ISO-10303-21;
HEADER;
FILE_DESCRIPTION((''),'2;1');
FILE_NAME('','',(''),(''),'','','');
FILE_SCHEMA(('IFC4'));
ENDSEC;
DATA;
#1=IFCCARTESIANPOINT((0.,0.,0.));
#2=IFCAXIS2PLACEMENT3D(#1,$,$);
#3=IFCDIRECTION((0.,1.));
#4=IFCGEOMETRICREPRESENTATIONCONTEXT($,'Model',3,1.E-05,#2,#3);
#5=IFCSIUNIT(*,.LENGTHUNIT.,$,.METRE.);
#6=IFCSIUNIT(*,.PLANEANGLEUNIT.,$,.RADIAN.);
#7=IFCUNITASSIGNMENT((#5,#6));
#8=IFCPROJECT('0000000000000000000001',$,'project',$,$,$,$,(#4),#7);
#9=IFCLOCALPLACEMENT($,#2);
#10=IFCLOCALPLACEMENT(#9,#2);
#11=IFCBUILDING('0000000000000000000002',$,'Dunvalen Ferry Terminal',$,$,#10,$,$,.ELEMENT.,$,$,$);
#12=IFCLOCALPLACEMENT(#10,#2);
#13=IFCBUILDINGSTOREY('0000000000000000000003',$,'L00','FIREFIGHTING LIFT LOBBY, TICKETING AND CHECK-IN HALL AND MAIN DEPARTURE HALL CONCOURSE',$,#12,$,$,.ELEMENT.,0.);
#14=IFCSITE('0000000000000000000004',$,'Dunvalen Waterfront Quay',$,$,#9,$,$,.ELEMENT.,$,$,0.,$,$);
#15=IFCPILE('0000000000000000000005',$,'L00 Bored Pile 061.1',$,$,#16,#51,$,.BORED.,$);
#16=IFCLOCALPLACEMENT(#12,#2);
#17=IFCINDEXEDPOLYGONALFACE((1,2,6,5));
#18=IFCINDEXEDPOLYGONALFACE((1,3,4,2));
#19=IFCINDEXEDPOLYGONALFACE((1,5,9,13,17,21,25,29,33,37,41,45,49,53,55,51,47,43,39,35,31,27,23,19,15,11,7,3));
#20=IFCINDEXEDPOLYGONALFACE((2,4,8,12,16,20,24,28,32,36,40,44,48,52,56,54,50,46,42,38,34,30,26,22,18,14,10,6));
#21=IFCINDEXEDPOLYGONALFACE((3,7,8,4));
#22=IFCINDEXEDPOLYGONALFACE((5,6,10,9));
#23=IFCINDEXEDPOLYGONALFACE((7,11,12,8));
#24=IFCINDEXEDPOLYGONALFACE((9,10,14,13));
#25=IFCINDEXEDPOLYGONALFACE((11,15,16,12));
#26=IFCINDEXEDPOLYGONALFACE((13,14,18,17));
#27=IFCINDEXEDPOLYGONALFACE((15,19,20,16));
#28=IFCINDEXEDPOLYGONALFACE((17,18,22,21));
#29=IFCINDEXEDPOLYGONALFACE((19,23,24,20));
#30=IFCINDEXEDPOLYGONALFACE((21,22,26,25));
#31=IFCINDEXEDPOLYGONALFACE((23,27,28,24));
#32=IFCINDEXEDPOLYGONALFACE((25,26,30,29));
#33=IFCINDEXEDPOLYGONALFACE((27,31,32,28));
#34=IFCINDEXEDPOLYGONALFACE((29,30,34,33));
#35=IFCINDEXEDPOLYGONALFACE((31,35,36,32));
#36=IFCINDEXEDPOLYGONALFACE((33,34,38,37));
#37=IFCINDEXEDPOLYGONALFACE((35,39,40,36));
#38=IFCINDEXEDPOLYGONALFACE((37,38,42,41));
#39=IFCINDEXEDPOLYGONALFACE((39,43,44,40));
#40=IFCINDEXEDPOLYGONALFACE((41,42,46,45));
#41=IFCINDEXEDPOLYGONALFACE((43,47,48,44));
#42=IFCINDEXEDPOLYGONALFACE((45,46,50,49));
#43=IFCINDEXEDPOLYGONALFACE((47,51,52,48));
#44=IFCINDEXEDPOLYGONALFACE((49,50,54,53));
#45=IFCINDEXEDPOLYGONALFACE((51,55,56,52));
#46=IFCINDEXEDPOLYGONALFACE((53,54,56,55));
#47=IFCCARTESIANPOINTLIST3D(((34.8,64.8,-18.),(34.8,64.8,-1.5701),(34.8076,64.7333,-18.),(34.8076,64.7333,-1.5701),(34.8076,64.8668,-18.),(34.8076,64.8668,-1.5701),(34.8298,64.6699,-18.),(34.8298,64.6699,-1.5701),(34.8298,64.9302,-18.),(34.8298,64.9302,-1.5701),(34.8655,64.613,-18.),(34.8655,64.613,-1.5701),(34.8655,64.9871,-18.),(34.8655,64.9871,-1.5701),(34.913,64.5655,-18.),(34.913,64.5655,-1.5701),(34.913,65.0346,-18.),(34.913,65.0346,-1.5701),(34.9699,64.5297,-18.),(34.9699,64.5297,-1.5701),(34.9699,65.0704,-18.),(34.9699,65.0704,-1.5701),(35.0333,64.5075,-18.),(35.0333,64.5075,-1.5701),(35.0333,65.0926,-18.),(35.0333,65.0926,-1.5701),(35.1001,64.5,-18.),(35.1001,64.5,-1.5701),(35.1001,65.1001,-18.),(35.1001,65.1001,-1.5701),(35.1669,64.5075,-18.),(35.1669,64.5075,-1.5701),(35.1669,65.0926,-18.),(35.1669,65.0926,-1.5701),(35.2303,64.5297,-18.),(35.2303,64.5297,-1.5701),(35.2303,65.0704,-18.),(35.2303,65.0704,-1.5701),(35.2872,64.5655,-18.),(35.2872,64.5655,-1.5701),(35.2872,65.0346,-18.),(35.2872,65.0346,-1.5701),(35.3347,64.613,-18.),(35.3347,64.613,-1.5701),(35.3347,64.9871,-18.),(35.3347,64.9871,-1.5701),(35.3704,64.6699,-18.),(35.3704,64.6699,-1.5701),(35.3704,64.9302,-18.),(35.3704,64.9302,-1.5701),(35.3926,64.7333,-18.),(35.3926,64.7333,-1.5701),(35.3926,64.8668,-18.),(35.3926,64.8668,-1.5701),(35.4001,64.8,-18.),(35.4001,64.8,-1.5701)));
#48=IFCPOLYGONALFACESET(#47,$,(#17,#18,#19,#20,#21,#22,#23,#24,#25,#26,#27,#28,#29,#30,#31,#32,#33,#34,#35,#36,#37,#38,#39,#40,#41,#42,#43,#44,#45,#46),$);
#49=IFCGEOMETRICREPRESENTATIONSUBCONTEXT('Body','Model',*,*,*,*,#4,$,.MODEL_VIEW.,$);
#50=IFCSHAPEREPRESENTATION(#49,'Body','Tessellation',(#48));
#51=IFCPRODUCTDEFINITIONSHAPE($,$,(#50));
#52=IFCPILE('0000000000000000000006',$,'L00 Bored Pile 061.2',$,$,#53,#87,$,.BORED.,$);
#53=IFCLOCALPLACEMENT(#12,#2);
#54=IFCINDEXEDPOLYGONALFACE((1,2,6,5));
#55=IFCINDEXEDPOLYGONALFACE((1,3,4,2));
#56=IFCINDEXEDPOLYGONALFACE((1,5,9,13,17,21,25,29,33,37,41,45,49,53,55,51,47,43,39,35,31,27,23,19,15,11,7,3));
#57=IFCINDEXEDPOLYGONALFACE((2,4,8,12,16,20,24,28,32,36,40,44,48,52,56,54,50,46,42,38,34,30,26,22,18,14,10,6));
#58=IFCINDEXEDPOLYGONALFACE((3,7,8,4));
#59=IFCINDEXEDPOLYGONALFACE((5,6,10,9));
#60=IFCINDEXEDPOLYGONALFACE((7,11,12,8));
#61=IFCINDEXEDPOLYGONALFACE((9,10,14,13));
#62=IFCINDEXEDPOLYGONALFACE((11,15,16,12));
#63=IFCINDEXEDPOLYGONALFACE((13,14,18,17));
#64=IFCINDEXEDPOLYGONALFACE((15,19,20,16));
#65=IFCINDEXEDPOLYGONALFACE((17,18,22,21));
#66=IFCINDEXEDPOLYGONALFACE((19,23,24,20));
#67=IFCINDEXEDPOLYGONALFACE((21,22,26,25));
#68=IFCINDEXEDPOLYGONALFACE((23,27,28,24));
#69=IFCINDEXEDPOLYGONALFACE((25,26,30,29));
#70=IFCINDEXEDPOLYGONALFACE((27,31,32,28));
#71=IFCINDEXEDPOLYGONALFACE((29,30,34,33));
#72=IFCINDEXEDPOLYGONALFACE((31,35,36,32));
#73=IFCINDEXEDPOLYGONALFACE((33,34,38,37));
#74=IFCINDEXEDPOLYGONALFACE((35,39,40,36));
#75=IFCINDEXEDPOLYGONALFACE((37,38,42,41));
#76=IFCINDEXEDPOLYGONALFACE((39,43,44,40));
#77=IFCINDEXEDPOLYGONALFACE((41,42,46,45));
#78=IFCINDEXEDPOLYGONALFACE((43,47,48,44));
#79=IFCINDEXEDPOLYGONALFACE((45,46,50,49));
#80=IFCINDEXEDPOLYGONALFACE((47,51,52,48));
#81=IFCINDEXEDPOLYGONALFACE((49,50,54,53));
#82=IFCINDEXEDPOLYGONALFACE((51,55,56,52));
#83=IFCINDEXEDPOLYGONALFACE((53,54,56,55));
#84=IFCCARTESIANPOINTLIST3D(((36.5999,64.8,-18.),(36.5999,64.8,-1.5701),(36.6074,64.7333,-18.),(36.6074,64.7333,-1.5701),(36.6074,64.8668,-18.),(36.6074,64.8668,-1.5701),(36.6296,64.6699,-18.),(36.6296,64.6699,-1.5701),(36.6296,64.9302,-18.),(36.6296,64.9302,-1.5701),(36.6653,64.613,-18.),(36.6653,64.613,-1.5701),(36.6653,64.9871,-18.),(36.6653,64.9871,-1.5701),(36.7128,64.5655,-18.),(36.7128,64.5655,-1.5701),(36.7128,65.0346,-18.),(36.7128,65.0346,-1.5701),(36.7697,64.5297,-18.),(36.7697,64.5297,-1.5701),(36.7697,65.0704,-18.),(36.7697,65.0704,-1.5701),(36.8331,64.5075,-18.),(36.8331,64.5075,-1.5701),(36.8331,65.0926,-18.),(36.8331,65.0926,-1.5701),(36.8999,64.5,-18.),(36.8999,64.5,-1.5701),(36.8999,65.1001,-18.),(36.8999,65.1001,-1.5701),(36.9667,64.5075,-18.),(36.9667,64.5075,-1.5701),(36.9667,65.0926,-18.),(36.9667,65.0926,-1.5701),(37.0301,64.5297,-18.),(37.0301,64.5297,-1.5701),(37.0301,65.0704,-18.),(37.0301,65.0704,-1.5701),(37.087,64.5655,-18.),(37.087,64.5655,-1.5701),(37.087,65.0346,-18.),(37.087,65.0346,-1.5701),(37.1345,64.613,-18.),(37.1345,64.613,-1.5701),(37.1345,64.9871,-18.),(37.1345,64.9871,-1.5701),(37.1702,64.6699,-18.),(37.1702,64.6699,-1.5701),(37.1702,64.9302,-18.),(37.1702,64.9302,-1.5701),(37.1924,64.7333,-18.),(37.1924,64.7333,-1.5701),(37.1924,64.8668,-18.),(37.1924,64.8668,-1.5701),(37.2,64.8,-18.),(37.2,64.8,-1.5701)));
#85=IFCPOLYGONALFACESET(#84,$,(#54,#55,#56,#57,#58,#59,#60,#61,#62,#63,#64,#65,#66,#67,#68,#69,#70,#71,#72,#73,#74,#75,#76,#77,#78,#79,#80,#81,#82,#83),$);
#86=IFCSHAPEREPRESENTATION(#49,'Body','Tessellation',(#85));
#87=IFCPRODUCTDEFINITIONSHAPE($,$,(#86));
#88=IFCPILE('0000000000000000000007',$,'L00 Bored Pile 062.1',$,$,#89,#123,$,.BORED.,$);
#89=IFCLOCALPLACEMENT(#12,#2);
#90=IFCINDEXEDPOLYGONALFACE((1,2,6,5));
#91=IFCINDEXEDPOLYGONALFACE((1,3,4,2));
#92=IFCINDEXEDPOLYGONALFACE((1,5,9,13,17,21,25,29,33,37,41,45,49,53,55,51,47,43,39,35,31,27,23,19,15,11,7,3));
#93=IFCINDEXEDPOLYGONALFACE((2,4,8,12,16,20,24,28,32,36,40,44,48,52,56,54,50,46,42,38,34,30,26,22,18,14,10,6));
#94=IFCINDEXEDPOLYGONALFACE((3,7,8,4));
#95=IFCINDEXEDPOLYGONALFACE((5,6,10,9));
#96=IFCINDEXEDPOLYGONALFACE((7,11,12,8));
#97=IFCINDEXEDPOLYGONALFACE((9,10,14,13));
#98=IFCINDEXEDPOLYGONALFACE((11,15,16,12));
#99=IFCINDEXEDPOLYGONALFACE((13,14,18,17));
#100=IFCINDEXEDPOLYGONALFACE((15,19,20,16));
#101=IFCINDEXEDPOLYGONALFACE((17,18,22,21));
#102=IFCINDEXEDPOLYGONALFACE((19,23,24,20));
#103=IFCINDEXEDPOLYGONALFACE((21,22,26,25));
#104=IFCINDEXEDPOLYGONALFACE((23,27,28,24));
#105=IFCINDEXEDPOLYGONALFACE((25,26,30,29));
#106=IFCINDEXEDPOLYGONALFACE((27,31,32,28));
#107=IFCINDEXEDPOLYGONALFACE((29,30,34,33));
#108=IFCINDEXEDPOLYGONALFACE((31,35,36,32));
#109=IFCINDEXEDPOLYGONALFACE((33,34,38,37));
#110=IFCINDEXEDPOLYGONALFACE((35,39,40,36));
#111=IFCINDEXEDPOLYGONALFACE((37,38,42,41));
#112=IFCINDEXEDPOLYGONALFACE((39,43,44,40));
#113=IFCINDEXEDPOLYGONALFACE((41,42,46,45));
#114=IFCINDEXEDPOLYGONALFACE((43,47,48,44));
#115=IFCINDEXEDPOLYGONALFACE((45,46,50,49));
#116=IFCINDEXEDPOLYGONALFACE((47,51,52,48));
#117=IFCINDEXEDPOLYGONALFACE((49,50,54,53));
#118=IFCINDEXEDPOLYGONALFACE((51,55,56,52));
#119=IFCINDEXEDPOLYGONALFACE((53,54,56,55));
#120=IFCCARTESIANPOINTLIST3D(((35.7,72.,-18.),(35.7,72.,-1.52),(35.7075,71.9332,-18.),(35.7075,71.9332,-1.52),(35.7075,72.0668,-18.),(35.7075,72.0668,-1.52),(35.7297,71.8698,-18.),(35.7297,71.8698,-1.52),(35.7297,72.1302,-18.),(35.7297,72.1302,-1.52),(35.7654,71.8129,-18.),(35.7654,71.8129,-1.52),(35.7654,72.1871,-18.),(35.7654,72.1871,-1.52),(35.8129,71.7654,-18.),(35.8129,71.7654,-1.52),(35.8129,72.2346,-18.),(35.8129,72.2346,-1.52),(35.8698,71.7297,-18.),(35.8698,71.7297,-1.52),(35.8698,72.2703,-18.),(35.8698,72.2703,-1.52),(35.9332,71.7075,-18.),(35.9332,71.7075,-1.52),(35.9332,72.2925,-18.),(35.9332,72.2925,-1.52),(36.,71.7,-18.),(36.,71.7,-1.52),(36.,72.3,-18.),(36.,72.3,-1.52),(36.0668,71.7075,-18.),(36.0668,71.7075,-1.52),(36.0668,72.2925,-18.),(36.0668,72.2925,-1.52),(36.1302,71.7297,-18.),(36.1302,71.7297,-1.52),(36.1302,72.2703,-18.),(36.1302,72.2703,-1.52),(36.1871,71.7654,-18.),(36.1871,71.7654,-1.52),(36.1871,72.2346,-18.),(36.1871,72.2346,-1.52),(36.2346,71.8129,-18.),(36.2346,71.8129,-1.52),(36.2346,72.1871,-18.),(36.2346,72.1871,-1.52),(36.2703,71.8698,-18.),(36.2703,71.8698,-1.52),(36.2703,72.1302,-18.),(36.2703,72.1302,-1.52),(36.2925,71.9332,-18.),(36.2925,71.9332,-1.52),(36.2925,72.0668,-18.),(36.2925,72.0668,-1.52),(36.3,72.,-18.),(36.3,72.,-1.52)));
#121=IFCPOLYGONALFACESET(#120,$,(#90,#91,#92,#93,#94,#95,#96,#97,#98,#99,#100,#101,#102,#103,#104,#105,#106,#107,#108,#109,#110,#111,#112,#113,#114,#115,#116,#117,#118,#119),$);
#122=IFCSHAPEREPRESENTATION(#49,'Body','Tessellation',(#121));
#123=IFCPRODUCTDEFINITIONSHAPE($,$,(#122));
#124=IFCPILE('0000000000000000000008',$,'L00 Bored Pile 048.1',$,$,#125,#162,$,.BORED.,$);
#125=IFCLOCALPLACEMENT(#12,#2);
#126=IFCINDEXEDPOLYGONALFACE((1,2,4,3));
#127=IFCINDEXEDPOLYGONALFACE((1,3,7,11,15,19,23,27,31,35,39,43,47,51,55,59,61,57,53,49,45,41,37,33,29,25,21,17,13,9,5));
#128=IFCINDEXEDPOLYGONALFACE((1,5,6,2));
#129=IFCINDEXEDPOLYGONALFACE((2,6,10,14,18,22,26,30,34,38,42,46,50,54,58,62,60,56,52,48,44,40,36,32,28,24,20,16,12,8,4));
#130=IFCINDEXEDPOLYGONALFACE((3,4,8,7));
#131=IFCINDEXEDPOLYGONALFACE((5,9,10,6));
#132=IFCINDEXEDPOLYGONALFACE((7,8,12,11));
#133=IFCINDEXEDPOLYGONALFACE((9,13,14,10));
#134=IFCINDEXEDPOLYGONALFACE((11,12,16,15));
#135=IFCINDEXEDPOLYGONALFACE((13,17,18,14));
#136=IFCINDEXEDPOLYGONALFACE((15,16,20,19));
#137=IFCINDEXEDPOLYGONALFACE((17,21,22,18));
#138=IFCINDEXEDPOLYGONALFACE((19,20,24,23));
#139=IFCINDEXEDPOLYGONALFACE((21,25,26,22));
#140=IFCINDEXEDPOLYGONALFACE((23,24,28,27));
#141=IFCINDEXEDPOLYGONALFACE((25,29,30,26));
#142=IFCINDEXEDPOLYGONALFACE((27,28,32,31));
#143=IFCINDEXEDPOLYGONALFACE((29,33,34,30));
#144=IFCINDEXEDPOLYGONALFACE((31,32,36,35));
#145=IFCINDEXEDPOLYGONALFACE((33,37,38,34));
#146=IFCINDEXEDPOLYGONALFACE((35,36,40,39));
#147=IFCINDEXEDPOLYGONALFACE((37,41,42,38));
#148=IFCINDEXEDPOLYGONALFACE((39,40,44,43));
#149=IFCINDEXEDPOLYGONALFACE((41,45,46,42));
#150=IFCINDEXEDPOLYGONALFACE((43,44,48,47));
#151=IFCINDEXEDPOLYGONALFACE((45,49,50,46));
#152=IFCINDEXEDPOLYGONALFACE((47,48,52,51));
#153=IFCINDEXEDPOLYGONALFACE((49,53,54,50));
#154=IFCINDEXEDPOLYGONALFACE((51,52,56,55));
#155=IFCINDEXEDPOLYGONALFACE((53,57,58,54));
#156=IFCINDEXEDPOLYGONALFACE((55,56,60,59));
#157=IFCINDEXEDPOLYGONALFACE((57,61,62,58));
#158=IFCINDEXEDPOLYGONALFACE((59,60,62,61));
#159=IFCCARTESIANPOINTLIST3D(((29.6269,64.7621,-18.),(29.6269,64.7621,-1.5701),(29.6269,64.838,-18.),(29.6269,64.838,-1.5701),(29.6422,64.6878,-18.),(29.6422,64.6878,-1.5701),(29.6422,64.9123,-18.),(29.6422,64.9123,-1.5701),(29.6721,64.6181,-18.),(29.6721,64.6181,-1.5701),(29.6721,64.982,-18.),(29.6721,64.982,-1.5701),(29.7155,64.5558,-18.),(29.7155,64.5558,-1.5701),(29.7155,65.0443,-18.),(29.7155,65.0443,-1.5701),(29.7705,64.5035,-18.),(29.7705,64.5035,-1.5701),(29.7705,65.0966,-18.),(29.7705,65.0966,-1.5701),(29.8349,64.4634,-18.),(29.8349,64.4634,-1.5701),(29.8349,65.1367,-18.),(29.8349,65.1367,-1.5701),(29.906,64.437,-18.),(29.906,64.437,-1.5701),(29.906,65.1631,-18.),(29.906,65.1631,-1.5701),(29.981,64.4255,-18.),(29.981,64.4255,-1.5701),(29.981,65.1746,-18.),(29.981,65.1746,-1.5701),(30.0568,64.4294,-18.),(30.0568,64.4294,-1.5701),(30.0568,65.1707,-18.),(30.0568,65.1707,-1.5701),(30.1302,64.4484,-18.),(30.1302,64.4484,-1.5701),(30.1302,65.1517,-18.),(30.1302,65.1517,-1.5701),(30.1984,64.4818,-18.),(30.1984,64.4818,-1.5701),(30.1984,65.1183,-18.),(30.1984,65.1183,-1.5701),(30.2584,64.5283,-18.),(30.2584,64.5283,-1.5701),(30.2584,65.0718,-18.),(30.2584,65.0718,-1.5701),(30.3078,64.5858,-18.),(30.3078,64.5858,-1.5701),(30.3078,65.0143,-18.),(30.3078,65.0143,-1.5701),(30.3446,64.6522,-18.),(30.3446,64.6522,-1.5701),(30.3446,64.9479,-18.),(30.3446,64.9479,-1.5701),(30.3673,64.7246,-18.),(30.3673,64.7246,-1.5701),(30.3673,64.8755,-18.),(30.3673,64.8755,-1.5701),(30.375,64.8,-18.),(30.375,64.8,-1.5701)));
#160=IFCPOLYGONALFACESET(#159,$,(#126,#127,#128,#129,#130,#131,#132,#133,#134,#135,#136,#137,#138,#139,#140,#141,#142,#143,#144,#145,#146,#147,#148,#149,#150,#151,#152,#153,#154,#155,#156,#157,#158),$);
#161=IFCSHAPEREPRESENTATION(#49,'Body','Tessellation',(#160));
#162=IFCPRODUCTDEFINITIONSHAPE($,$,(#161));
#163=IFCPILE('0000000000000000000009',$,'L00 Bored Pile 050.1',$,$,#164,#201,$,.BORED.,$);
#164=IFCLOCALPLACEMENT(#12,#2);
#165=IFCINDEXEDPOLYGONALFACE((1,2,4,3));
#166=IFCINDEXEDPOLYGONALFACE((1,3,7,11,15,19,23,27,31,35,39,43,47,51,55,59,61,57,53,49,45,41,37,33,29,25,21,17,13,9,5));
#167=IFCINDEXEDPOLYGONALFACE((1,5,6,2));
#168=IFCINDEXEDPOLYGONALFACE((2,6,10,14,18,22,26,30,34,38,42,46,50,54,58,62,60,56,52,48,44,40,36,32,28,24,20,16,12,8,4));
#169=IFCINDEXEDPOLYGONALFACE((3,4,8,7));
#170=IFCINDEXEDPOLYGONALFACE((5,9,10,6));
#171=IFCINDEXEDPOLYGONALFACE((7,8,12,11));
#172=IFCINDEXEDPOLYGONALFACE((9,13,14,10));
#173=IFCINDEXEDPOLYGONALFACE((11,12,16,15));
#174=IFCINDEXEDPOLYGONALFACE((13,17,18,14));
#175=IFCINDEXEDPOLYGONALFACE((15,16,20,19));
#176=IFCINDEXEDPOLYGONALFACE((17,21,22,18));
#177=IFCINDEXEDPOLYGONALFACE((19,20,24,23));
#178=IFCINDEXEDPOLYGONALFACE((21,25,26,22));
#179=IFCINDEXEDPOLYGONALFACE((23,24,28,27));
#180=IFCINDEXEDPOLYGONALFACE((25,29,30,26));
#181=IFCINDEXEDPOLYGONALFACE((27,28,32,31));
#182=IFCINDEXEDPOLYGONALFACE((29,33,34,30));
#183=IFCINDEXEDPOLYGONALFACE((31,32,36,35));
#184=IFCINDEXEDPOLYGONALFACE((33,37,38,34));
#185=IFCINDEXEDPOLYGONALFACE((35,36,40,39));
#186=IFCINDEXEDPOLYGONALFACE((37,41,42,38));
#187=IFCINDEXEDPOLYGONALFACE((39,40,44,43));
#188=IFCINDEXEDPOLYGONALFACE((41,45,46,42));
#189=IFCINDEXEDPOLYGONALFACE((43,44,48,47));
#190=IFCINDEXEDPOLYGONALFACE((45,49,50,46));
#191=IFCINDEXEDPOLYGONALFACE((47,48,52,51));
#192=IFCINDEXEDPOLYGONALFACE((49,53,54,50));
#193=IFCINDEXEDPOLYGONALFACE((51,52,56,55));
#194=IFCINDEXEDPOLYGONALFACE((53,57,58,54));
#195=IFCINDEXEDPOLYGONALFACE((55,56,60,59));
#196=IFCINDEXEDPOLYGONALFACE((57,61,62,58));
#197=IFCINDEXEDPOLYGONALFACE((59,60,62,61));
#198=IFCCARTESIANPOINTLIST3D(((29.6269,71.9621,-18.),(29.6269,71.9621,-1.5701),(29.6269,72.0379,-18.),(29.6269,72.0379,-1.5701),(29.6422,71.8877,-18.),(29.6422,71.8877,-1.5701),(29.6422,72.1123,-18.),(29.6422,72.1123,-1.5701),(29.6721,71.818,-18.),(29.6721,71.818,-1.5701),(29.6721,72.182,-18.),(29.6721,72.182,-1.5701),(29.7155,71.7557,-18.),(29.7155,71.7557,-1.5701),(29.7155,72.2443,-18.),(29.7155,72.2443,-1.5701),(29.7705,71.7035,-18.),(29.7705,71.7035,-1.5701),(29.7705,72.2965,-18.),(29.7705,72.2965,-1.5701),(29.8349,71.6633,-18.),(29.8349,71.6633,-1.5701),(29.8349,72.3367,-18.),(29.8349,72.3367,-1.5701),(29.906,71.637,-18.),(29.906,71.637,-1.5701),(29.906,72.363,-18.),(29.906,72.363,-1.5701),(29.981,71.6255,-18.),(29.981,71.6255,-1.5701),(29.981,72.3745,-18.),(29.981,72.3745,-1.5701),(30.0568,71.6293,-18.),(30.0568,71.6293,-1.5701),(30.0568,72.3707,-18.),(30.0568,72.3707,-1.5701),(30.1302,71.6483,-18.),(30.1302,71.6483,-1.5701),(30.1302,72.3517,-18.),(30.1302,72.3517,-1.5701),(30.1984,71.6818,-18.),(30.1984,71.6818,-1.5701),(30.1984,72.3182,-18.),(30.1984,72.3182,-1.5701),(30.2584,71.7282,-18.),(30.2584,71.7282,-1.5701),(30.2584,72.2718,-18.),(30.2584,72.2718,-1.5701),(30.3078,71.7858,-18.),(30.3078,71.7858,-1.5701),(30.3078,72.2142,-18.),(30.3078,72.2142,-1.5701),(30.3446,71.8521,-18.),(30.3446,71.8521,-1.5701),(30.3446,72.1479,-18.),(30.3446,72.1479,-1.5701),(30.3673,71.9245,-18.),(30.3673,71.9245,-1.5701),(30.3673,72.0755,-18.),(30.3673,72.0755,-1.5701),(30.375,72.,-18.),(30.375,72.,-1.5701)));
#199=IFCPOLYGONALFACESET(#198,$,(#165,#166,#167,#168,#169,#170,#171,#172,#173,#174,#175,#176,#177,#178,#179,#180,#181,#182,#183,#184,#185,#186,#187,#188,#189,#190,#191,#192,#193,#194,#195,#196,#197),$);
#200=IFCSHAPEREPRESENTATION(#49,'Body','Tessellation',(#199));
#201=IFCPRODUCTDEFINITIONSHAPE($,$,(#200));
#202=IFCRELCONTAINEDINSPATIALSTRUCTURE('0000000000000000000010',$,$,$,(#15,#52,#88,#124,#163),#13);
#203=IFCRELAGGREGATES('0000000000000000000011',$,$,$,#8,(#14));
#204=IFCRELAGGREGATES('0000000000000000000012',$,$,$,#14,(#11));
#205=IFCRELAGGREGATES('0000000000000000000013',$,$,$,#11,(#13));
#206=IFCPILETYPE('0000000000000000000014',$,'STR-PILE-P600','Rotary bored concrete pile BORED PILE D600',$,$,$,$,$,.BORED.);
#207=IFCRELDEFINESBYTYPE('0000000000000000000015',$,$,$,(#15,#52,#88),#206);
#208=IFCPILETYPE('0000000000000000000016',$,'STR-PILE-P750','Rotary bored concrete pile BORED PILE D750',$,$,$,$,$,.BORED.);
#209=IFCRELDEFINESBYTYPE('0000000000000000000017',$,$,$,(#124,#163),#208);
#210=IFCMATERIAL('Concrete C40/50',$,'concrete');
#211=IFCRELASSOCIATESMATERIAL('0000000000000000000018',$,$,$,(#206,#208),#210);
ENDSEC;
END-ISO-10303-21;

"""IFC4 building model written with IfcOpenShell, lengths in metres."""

from ifc_helpers import new_model, si_unit, direction, frame, origin, origin_2d, place, context, subcontext, project, spatial, circle, extrude, material, material_profile, profile_set, type_object, element, save


model = new_model("IFC4")

# Units and contexts
model_context = context("Model", 3, precision=1e-05, world=origin(), true_north=direction((0.0, 1.0)))
body_context = subcontext(model_context, "Body", "Model", "MODEL_VIEW")
ifc_project = project(units=[si_unit("LENGTHUNIT", "METRE"), si_unit("PLANEANGLEUNIT", "RADIAN")], contexts=[model_context])

# Site, building, storey
site_placement = place(None, origin())
site = spatial("IfcSite", under=ifc_project, at=site_placement, Name="Dunvalen Waterfront Quay", CompositionType="ELEMENT", RefElevation=0.0)
building_placement = place(site_placement, origin())
building = spatial("IfcBuilding", under=site, at=building_placement, Name="Dunvalen Ferry Terminal", CompositionType="ELEMENT")
storey_placement = place(building_placement, origin())
storey = spatial("IfcBuildingStorey", under=building, at=storey_placement, Name="L00", Description="FIREFIGHTING LIFT LOBBY, TICKETING AND CHECK-IN HALL AND MAIN DEPARTURE HALL CONCOURSE", CompositionType="ELEMENT", Elevation=0.0)

# Shared definitions
ifc_material_1 = material(Name="Concrete C40/50", Category="concrete")

# Piles
ifc_material_profile_1 = material_profile(ifc_material_1, circle(Radius=0.3, at=origin_2d()), Name="Concrete C40/50")
ifc_profile_set_1 = profile_set([ifc_material_profile_1], Name="Concrete C40/50")
pile_type_1 = type_object("IfcPileType", Name="STR-PILE-P600", Description="Rotary bored concrete pile BORED PILE D600", PredefinedType="BORED", material=ifc_profile_set_1)
for number, where, z_axis, x_axis, name in (
    (1, (35.1001, 64.8, -1.5701), (0.0, 0.0, -1.0), (1.0, 0.0, 0.0), "L00 Bored Pile 061.1"),
    (2, (36.8999, 64.8, -1.5701), (0.0, 0.0, -1.0), (1.0, 0.0, 0.0), "L00 Bored Pile 061.2"),
):
    element("IfcPile", number, at=place(storey_placement, frame(where, z_axis=z_axis, x_axis=x_axis)), inside=storey, type_object=pile_type_1, Name=name, PredefinedType="BORED", context=body_context, shape_type="SweptSolid", body=[
        extrude(circle(Radius=0.3, at=origin_2d()), origin(), (0.0, 0.0, 1.0), 16.4299),
    ])
pile_1_placement = place(storey_placement, frame((36.0, 72.0, -1.52), z_axis=(0.0, 0.0, -1.0), x_axis=(1.0, 0.0, 0.0)))
element("IfcPile", 3, at=pile_1_placement, inside=storey, type_object=pile_type_1, Name="L00 Bored Pile 062.1", PredefinedType="BORED", context=body_context, shape_type="SweptSolid", body=[
    extrude(circle(Radius=0.3, at=origin_2d()), origin(), (0.0, 0.0, 1.0), 16.48),
])
ifc_material_profile_2 = material_profile(ifc_material_1, circle(Radius=0.375, at=origin_2d()), Name="Concrete C40/50")
ifc_profile_set_2 = profile_set([ifc_material_profile_2], Name="Concrete C40/50")
pile_type_2 = type_object("IfcPileType", Name="STR-PILE-P750", Description="Rotary bored concrete pile BORED PILE D750", PredefinedType="BORED", material=ifc_profile_set_2)
for number, where, z_axis, x_axis, name in (
    (4, (30.0, 64.8, -1.5701), (0.0, 0.0, -1.0), (1.0, 0.0, 0.0), "L00 Bored Pile 048.1"),
    (5, (30.0, 72.0, -1.5701), (0.0, 0.0, -1.0), (1.0, 0.0, 0.0), "L00 Bored Pile 050.1"),
):
    element("IfcPile", number, at=place(storey_placement, frame(where, z_axis=z_axis, x_axis=x_axis)), inside=storey, type_object=pile_type_2, Name=name, PredefinedType="BORED", context=body_context, shape_type="SweptSolid", body=[
        extrude(circle(Radius=0.375, at=origin_2d()), origin(), (0.0, 0.0, 1.0), 16.4299),
    ])

save(model, "model.ifc")
